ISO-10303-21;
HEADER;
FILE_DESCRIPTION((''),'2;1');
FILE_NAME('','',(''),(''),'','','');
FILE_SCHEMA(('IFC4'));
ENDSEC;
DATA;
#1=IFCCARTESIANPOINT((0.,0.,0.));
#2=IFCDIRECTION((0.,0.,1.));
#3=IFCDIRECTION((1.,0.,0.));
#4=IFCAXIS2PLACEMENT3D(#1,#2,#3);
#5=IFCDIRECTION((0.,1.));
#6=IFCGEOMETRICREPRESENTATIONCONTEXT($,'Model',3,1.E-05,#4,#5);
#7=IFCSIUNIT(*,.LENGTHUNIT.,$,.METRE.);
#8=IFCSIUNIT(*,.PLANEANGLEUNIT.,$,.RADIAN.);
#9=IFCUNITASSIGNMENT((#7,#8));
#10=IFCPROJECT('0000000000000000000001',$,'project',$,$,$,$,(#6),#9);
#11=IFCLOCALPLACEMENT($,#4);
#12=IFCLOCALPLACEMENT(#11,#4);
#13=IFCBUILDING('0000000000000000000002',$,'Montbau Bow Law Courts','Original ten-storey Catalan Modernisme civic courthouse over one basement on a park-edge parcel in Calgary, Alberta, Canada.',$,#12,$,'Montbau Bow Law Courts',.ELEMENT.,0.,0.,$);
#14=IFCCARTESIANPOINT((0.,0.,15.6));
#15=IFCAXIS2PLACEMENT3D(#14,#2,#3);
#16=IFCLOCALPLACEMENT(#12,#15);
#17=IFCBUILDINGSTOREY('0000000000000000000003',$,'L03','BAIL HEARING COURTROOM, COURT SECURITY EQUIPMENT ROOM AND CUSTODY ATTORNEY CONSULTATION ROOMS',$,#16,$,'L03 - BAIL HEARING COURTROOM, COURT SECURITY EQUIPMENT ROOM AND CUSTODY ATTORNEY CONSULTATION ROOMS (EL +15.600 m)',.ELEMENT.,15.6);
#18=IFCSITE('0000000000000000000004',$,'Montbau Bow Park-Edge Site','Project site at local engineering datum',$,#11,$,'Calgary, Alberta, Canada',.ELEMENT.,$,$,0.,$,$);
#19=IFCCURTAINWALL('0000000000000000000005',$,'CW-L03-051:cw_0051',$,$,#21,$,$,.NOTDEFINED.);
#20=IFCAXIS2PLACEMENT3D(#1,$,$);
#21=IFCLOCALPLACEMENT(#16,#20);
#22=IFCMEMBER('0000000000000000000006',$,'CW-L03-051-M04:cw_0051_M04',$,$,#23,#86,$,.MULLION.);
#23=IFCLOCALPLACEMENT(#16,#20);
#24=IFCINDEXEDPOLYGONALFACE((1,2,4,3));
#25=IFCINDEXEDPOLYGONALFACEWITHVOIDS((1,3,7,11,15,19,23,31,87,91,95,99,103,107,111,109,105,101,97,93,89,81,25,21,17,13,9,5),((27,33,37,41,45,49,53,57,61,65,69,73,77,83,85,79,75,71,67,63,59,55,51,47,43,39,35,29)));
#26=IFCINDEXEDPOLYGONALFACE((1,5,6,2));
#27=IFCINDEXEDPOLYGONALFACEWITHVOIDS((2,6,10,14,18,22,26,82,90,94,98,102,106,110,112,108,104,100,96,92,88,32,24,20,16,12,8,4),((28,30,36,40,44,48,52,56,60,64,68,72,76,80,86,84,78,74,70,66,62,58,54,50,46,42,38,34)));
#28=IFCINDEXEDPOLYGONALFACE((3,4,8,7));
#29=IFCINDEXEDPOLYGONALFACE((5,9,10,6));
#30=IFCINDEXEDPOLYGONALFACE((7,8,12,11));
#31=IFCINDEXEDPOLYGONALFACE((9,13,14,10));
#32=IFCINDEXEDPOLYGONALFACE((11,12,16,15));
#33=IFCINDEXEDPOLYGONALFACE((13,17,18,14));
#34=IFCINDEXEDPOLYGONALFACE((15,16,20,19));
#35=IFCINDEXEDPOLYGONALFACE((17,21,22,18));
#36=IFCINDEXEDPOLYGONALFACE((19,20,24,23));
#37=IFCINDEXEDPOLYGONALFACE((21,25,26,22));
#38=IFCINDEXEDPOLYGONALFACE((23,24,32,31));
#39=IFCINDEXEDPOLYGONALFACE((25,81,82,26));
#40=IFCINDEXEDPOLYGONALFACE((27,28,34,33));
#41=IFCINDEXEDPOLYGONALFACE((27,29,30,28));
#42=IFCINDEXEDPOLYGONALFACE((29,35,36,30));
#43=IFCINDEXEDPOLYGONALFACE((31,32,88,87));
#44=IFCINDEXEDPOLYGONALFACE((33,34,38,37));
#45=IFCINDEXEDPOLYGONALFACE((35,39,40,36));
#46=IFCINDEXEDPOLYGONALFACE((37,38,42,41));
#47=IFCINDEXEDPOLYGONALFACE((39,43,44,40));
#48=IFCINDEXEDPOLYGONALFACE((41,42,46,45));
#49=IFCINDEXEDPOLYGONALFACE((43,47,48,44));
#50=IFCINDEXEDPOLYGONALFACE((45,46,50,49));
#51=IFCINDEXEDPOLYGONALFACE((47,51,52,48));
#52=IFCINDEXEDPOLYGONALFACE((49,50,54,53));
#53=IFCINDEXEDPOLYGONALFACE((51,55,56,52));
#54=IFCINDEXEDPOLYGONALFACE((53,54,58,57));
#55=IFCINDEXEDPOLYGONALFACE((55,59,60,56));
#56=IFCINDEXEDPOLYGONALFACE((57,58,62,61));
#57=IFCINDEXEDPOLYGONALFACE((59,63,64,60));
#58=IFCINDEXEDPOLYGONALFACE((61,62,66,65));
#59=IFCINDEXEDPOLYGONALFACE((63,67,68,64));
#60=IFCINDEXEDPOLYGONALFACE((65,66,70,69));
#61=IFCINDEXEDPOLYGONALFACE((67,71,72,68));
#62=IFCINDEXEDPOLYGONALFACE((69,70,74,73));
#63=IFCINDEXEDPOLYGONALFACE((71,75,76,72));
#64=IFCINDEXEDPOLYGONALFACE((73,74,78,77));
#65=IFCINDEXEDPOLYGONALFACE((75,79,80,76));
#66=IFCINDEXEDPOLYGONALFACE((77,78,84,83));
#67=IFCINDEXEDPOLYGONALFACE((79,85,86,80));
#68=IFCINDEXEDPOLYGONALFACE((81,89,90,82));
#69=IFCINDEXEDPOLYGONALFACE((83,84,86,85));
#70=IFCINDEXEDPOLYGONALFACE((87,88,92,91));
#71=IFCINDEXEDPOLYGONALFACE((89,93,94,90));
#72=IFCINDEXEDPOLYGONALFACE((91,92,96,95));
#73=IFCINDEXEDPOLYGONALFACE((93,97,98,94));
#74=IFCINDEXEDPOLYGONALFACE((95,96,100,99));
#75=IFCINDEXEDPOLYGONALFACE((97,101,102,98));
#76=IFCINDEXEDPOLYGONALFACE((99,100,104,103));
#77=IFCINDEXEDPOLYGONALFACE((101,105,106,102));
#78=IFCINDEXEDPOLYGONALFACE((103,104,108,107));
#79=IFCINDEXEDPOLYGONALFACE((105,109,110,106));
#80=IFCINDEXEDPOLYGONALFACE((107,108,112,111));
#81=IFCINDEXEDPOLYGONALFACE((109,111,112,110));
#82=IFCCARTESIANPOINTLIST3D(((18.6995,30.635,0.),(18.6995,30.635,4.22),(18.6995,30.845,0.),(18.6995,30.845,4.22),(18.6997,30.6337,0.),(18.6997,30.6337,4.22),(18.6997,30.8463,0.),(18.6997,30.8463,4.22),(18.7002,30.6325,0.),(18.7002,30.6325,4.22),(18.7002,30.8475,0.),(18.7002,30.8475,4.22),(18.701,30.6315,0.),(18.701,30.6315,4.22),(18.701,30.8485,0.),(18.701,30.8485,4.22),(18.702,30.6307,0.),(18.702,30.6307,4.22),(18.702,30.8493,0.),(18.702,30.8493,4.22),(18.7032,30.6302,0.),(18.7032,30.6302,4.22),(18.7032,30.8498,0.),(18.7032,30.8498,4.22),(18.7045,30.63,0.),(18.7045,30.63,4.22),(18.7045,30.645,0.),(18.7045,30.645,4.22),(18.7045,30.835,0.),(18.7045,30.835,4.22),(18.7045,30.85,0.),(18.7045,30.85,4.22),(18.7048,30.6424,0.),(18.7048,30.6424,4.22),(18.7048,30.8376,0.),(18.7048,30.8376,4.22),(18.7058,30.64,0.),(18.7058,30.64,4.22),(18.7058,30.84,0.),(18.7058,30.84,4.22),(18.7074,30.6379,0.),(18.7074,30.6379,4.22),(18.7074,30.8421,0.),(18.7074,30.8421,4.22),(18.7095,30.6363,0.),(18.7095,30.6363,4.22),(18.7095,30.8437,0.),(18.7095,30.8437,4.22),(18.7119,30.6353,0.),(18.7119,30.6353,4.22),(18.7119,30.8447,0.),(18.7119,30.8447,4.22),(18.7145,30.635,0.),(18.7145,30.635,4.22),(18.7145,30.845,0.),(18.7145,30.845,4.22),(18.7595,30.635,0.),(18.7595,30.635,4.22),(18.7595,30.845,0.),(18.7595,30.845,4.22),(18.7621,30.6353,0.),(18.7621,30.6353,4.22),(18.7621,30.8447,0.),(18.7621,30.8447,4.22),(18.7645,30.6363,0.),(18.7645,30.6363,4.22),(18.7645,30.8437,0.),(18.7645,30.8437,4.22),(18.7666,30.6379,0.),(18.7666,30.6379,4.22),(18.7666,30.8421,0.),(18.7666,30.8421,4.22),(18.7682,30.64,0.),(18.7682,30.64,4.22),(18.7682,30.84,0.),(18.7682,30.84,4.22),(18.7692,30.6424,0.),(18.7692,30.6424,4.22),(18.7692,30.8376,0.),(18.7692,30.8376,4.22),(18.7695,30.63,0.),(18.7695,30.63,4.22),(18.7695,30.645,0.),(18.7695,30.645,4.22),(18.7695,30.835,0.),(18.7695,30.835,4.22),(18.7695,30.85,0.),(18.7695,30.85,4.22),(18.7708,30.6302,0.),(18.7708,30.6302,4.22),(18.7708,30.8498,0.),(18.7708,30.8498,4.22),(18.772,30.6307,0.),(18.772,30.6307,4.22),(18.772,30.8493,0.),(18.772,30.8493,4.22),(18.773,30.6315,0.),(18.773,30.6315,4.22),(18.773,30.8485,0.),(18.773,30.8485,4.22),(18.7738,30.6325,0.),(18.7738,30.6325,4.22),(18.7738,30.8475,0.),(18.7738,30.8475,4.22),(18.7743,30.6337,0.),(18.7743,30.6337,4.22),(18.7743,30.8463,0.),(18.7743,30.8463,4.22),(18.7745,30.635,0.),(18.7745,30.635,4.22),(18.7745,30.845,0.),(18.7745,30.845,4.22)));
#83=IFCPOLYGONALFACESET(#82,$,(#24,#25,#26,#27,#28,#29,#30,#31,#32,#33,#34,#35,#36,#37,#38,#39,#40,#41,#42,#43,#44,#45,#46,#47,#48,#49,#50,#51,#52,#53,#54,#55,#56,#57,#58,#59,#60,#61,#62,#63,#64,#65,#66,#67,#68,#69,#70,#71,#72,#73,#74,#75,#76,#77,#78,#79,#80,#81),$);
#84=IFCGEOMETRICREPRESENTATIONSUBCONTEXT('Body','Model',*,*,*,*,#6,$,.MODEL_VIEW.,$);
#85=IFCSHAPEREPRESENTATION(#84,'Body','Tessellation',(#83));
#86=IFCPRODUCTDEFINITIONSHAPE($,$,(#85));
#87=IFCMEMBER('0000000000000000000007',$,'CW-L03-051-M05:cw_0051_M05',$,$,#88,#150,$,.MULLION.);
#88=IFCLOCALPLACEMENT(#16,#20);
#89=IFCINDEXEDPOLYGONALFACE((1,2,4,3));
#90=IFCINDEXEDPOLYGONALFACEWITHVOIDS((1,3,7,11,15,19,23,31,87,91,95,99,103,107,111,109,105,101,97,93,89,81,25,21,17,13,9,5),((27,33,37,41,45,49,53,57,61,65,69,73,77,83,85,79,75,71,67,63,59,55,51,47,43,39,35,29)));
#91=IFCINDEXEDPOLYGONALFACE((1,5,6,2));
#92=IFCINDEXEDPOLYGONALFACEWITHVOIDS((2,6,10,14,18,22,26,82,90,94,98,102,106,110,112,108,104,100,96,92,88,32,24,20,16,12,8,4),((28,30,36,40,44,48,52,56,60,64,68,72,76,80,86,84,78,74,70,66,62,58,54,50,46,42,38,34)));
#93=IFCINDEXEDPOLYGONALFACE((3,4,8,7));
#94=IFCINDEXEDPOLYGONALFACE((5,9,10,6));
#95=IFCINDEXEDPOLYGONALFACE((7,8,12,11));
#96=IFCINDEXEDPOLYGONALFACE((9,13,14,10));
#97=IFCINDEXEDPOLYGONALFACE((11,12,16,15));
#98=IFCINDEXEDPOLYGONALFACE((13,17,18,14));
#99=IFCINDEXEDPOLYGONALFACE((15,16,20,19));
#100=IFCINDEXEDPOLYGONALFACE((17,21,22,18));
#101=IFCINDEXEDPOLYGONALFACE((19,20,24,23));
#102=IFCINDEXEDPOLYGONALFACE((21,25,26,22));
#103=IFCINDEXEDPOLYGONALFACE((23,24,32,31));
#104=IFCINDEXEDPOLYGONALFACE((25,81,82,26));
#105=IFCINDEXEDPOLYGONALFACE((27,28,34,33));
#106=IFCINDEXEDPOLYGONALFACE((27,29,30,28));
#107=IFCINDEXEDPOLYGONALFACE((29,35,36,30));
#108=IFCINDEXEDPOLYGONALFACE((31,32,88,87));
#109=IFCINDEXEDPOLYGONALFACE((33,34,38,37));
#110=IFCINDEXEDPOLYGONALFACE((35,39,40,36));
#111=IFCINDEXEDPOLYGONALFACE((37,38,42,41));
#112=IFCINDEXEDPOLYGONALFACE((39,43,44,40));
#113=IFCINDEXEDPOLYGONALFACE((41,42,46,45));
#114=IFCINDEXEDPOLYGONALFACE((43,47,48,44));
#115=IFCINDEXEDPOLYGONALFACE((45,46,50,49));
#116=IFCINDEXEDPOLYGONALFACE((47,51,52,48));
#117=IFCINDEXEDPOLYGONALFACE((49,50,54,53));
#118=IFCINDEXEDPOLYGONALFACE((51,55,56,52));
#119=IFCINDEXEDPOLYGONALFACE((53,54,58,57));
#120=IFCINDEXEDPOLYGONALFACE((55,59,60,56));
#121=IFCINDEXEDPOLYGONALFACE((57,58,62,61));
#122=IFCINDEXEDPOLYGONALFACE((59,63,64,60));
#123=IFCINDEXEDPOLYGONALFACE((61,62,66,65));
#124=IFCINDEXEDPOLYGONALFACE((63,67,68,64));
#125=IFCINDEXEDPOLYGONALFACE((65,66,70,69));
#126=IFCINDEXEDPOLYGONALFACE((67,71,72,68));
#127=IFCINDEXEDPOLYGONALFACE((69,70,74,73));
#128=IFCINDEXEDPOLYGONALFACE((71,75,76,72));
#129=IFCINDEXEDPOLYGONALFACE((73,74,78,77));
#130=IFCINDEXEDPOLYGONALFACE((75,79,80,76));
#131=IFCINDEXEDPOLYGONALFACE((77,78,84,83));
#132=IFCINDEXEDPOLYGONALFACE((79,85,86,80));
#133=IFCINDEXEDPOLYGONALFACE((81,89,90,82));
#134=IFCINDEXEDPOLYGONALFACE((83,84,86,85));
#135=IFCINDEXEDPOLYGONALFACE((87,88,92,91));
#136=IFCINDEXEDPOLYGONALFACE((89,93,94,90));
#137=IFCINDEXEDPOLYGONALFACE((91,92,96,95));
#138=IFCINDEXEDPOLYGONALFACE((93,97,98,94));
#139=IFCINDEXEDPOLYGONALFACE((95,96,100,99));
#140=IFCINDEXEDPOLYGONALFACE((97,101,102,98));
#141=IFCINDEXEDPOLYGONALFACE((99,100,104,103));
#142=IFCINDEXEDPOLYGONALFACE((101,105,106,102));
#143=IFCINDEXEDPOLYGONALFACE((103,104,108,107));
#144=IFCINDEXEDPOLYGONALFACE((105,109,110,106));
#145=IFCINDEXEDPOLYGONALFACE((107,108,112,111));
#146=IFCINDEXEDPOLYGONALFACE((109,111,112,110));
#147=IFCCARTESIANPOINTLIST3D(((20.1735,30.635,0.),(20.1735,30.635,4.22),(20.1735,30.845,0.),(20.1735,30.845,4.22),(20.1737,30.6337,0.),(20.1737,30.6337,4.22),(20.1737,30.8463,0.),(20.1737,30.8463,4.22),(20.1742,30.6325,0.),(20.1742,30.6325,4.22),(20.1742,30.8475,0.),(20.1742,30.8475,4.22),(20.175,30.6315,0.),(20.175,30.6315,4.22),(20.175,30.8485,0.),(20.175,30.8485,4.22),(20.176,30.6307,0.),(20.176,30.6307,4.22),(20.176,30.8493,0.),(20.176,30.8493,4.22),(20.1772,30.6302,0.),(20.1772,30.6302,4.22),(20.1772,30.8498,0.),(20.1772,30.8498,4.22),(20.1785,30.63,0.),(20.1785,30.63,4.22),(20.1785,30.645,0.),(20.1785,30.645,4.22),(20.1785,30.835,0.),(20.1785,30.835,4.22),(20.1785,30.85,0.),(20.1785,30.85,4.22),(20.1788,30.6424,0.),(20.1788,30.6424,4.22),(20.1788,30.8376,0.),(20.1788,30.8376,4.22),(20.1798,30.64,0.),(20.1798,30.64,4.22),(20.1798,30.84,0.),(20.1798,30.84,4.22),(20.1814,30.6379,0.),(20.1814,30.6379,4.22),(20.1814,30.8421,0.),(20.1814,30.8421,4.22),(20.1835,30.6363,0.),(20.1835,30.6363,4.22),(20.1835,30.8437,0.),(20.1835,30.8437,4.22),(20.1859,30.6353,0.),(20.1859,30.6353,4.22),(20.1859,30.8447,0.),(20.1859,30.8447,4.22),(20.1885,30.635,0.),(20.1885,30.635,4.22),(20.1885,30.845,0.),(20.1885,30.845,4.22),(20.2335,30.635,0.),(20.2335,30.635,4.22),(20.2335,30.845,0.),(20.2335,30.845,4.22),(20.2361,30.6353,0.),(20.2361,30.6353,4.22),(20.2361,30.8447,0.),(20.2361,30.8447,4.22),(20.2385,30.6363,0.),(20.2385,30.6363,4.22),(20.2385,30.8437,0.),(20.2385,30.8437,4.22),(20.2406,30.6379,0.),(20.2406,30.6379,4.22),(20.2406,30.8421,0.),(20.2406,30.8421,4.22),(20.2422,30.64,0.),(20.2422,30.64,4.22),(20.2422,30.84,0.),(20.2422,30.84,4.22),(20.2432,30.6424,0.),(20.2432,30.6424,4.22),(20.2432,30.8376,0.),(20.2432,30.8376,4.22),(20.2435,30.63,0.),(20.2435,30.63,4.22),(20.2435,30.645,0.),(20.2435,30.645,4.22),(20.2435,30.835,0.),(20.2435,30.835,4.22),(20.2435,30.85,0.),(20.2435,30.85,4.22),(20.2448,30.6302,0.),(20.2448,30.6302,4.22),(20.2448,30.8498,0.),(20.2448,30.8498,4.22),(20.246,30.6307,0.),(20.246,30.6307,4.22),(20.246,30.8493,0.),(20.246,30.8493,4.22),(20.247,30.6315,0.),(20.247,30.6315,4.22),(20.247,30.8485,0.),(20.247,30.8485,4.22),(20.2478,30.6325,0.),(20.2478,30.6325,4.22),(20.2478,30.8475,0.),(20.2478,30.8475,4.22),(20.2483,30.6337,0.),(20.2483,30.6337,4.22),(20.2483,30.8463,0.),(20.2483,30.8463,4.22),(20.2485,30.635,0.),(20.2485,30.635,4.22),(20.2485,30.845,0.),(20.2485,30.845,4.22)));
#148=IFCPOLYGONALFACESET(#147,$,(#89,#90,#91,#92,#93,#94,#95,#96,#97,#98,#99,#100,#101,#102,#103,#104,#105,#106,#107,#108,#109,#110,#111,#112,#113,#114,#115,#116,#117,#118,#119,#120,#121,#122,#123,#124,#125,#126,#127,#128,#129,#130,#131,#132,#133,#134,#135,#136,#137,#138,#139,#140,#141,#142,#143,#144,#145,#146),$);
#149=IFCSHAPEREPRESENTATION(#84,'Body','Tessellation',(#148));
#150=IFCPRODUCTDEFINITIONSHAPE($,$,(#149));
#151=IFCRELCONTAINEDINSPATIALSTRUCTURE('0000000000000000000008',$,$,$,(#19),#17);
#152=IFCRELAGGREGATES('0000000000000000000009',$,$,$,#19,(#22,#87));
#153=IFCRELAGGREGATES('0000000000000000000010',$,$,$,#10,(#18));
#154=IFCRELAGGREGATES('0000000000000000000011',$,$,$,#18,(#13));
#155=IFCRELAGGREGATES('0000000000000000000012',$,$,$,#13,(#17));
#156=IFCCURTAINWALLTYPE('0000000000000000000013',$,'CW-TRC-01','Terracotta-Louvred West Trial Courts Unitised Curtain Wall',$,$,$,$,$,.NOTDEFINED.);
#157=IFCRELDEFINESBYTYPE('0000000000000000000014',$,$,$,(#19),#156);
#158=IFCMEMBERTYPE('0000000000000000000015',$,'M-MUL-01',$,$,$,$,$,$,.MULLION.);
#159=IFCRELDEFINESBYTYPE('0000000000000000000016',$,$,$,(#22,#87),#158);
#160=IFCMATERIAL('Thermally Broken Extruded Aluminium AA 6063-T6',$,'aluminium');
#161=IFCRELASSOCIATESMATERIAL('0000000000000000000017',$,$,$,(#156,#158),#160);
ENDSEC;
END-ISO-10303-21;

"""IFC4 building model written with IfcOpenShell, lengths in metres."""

from ifc_helpers import new_model, si_unit, direction, frame, origin_with_axes, origin_2d_with_axis, place, context, subcontext, project, spatial, hollow_rectangle, extrude, material, material_profile, profile_set, type_object, element, aggregate, save


model = new_model("IFC4")

# Units and contexts
model_context = context("Model", 3, precision=1e-05, world=origin_with_axes(), true_north=direction((0.0, 1.0)))
body_context = subcontext(model_context, "Body", "Model", "MODEL_VIEW")
ifc_project = project(units=[si_unit("LENGTHUNIT", "METRE"), si_unit("PLANEANGLEUNIT", "RADIAN")], contexts=[model_context])

# Site, building, storey
site_placement = place(None, origin_with_axes())
site = spatial("IfcSite", under=ifc_project, at=site_placement, Name="Montbau Bow Park-Edge Site", Description="Project site at local engineering datum", LongName="Calgary, Alberta, Canada", CompositionType="ELEMENT", RefElevation=0.0)
building_placement = place(site_placement, origin_with_axes())
building = spatial("IfcBuilding", under=site, at=building_placement, Name="Montbau Bow Law Courts", Description="Original ten-storey Catalan Modernisme civic courthouse over one basement on a park-edge parcel in Calgary, Alberta, Canada.", LongName="Montbau Bow Law Courts", CompositionType="ELEMENT", ElevationOfRefHeight=0.0, ElevationOfTerrain=0.0)
storey_placement = place(building_placement, frame((0.0, 0.0, 15.6), z_axis=(0.0, 0.0, 1.0), x_axis=(1.0, 0.0, 0.0)))
storey = spatial("IfcBuildingStorey", under=building, at=storey_placement, Name="L03", Description="BAIL HEARING COURTROOM, COURT SECURITY EQUIPMENT ROOM AND CUSTODY ATTORNEY CONSULTATION ROOMS", LongName="L03 - BAIL HEARING COURTROOM, COURT SECURITY EQUIPMENT ROOM AND CUSTODY ATTORNEY CONSULTATION ROOMS (EL +15.600 m)", CompositionType="ELEMENT", Elevation=15.6)

# Curtain wall, members
ifc_material_1 = material(Name="Thermally Broken Extruded Aluminium AA 6063-T6", Category="aluminium")
curtain_wall_type = type_object("IfcCurtainWallType", Name="CW-TRC-01", Description="Terracotta-Louvred West Trial Courts Unitised Curtain Wall", PredefinedType="NOTDEFINED", material=ifc_material_1)
curtain_wall_1_placement = place(None, frame((14.315, 30.74, 15.6), z_axis=(0.0, 0.0, 1.0), x_axis=(1.0, 0.0, 0.0)))
curtain_wall_1 = element("IfcCurtainWall", 1, at=curtain_wall_1_placement, inside=storey, type_object=curtain_wall_type, Name="CW-L03-051:cw_0051", PredefinedType="NOTDEFINED")
ifc_material_profile_1 = material_profile(ifc_material_1, hollow_rectangle(XDim=0.075, YDim=0.22, WallThickness=0.005, InnerFilletRadius=0.01, OuterFilletRadius=0.005, at=origin_2d_with_axis()), Name="CWM-220X75", Category="Main", Priority=0)
ifc_profile_set_1 = profile_set([ifc_material_profile_1], Name="Thermally Broken Extruded Aluminium AA 6063-T6")
member_type_1 = type_object("IfcMemberType", Name="M-MUL-01", PredefinedType="MULLION", material=ifc_profile_set_1)
member_1_placement = place(None, frame((18.737, 30.74, 15.6), z_axis=(0.0, 0.0, 1.0), x_axis=(1.0, 0.0, 0.0)))
member_1 = element("IfcMember", 2, at=member_1_placement, type_object=member_type_1, Name="CW-L03-051-M04:cw_0051_M04", PredefinedType="MULLION", context=body_context, shape_type="SweptSolid", body=[
    extrude(hollow_rectangle(XDim=0.075, YDim=0.22, WallThickness=0.005, InnerFilletRadius=0.01, OuterFilletRadius=0.005, at=origin_2d_with_axis()), origin_with_axes(), (0.0, 0.0, 1.0), 4.22),
])
member_2_placement = place(None, frame((20.211, 30.74, 15.6), z_axis=(0.0, 0.0, 1.0), x_axis=(1.0, 0.0, 0.0)))
member_2 = element("IfcMember", 3, at=member_2_placement, type_object=member_type_1, Name="CW-L03-051-M05:cw_0051_M05", PredefinedType="MULLION", context=body_context, shape_type="SweptSolid", body=[
    extrude(hollow_rectangle(XDim=0.075, YDim=0.22, WallThickness=0.005, InnerFilletRadius=0.01, OuterFilletRadius=0.005, at=origin_2d_with_axis()), origin_with_axes(), (0.0, 0.0, 1.0), 4.22),
])

aggregate(curtain_wall_1, [member_1, member_2])

save(model, "model.ifc")
